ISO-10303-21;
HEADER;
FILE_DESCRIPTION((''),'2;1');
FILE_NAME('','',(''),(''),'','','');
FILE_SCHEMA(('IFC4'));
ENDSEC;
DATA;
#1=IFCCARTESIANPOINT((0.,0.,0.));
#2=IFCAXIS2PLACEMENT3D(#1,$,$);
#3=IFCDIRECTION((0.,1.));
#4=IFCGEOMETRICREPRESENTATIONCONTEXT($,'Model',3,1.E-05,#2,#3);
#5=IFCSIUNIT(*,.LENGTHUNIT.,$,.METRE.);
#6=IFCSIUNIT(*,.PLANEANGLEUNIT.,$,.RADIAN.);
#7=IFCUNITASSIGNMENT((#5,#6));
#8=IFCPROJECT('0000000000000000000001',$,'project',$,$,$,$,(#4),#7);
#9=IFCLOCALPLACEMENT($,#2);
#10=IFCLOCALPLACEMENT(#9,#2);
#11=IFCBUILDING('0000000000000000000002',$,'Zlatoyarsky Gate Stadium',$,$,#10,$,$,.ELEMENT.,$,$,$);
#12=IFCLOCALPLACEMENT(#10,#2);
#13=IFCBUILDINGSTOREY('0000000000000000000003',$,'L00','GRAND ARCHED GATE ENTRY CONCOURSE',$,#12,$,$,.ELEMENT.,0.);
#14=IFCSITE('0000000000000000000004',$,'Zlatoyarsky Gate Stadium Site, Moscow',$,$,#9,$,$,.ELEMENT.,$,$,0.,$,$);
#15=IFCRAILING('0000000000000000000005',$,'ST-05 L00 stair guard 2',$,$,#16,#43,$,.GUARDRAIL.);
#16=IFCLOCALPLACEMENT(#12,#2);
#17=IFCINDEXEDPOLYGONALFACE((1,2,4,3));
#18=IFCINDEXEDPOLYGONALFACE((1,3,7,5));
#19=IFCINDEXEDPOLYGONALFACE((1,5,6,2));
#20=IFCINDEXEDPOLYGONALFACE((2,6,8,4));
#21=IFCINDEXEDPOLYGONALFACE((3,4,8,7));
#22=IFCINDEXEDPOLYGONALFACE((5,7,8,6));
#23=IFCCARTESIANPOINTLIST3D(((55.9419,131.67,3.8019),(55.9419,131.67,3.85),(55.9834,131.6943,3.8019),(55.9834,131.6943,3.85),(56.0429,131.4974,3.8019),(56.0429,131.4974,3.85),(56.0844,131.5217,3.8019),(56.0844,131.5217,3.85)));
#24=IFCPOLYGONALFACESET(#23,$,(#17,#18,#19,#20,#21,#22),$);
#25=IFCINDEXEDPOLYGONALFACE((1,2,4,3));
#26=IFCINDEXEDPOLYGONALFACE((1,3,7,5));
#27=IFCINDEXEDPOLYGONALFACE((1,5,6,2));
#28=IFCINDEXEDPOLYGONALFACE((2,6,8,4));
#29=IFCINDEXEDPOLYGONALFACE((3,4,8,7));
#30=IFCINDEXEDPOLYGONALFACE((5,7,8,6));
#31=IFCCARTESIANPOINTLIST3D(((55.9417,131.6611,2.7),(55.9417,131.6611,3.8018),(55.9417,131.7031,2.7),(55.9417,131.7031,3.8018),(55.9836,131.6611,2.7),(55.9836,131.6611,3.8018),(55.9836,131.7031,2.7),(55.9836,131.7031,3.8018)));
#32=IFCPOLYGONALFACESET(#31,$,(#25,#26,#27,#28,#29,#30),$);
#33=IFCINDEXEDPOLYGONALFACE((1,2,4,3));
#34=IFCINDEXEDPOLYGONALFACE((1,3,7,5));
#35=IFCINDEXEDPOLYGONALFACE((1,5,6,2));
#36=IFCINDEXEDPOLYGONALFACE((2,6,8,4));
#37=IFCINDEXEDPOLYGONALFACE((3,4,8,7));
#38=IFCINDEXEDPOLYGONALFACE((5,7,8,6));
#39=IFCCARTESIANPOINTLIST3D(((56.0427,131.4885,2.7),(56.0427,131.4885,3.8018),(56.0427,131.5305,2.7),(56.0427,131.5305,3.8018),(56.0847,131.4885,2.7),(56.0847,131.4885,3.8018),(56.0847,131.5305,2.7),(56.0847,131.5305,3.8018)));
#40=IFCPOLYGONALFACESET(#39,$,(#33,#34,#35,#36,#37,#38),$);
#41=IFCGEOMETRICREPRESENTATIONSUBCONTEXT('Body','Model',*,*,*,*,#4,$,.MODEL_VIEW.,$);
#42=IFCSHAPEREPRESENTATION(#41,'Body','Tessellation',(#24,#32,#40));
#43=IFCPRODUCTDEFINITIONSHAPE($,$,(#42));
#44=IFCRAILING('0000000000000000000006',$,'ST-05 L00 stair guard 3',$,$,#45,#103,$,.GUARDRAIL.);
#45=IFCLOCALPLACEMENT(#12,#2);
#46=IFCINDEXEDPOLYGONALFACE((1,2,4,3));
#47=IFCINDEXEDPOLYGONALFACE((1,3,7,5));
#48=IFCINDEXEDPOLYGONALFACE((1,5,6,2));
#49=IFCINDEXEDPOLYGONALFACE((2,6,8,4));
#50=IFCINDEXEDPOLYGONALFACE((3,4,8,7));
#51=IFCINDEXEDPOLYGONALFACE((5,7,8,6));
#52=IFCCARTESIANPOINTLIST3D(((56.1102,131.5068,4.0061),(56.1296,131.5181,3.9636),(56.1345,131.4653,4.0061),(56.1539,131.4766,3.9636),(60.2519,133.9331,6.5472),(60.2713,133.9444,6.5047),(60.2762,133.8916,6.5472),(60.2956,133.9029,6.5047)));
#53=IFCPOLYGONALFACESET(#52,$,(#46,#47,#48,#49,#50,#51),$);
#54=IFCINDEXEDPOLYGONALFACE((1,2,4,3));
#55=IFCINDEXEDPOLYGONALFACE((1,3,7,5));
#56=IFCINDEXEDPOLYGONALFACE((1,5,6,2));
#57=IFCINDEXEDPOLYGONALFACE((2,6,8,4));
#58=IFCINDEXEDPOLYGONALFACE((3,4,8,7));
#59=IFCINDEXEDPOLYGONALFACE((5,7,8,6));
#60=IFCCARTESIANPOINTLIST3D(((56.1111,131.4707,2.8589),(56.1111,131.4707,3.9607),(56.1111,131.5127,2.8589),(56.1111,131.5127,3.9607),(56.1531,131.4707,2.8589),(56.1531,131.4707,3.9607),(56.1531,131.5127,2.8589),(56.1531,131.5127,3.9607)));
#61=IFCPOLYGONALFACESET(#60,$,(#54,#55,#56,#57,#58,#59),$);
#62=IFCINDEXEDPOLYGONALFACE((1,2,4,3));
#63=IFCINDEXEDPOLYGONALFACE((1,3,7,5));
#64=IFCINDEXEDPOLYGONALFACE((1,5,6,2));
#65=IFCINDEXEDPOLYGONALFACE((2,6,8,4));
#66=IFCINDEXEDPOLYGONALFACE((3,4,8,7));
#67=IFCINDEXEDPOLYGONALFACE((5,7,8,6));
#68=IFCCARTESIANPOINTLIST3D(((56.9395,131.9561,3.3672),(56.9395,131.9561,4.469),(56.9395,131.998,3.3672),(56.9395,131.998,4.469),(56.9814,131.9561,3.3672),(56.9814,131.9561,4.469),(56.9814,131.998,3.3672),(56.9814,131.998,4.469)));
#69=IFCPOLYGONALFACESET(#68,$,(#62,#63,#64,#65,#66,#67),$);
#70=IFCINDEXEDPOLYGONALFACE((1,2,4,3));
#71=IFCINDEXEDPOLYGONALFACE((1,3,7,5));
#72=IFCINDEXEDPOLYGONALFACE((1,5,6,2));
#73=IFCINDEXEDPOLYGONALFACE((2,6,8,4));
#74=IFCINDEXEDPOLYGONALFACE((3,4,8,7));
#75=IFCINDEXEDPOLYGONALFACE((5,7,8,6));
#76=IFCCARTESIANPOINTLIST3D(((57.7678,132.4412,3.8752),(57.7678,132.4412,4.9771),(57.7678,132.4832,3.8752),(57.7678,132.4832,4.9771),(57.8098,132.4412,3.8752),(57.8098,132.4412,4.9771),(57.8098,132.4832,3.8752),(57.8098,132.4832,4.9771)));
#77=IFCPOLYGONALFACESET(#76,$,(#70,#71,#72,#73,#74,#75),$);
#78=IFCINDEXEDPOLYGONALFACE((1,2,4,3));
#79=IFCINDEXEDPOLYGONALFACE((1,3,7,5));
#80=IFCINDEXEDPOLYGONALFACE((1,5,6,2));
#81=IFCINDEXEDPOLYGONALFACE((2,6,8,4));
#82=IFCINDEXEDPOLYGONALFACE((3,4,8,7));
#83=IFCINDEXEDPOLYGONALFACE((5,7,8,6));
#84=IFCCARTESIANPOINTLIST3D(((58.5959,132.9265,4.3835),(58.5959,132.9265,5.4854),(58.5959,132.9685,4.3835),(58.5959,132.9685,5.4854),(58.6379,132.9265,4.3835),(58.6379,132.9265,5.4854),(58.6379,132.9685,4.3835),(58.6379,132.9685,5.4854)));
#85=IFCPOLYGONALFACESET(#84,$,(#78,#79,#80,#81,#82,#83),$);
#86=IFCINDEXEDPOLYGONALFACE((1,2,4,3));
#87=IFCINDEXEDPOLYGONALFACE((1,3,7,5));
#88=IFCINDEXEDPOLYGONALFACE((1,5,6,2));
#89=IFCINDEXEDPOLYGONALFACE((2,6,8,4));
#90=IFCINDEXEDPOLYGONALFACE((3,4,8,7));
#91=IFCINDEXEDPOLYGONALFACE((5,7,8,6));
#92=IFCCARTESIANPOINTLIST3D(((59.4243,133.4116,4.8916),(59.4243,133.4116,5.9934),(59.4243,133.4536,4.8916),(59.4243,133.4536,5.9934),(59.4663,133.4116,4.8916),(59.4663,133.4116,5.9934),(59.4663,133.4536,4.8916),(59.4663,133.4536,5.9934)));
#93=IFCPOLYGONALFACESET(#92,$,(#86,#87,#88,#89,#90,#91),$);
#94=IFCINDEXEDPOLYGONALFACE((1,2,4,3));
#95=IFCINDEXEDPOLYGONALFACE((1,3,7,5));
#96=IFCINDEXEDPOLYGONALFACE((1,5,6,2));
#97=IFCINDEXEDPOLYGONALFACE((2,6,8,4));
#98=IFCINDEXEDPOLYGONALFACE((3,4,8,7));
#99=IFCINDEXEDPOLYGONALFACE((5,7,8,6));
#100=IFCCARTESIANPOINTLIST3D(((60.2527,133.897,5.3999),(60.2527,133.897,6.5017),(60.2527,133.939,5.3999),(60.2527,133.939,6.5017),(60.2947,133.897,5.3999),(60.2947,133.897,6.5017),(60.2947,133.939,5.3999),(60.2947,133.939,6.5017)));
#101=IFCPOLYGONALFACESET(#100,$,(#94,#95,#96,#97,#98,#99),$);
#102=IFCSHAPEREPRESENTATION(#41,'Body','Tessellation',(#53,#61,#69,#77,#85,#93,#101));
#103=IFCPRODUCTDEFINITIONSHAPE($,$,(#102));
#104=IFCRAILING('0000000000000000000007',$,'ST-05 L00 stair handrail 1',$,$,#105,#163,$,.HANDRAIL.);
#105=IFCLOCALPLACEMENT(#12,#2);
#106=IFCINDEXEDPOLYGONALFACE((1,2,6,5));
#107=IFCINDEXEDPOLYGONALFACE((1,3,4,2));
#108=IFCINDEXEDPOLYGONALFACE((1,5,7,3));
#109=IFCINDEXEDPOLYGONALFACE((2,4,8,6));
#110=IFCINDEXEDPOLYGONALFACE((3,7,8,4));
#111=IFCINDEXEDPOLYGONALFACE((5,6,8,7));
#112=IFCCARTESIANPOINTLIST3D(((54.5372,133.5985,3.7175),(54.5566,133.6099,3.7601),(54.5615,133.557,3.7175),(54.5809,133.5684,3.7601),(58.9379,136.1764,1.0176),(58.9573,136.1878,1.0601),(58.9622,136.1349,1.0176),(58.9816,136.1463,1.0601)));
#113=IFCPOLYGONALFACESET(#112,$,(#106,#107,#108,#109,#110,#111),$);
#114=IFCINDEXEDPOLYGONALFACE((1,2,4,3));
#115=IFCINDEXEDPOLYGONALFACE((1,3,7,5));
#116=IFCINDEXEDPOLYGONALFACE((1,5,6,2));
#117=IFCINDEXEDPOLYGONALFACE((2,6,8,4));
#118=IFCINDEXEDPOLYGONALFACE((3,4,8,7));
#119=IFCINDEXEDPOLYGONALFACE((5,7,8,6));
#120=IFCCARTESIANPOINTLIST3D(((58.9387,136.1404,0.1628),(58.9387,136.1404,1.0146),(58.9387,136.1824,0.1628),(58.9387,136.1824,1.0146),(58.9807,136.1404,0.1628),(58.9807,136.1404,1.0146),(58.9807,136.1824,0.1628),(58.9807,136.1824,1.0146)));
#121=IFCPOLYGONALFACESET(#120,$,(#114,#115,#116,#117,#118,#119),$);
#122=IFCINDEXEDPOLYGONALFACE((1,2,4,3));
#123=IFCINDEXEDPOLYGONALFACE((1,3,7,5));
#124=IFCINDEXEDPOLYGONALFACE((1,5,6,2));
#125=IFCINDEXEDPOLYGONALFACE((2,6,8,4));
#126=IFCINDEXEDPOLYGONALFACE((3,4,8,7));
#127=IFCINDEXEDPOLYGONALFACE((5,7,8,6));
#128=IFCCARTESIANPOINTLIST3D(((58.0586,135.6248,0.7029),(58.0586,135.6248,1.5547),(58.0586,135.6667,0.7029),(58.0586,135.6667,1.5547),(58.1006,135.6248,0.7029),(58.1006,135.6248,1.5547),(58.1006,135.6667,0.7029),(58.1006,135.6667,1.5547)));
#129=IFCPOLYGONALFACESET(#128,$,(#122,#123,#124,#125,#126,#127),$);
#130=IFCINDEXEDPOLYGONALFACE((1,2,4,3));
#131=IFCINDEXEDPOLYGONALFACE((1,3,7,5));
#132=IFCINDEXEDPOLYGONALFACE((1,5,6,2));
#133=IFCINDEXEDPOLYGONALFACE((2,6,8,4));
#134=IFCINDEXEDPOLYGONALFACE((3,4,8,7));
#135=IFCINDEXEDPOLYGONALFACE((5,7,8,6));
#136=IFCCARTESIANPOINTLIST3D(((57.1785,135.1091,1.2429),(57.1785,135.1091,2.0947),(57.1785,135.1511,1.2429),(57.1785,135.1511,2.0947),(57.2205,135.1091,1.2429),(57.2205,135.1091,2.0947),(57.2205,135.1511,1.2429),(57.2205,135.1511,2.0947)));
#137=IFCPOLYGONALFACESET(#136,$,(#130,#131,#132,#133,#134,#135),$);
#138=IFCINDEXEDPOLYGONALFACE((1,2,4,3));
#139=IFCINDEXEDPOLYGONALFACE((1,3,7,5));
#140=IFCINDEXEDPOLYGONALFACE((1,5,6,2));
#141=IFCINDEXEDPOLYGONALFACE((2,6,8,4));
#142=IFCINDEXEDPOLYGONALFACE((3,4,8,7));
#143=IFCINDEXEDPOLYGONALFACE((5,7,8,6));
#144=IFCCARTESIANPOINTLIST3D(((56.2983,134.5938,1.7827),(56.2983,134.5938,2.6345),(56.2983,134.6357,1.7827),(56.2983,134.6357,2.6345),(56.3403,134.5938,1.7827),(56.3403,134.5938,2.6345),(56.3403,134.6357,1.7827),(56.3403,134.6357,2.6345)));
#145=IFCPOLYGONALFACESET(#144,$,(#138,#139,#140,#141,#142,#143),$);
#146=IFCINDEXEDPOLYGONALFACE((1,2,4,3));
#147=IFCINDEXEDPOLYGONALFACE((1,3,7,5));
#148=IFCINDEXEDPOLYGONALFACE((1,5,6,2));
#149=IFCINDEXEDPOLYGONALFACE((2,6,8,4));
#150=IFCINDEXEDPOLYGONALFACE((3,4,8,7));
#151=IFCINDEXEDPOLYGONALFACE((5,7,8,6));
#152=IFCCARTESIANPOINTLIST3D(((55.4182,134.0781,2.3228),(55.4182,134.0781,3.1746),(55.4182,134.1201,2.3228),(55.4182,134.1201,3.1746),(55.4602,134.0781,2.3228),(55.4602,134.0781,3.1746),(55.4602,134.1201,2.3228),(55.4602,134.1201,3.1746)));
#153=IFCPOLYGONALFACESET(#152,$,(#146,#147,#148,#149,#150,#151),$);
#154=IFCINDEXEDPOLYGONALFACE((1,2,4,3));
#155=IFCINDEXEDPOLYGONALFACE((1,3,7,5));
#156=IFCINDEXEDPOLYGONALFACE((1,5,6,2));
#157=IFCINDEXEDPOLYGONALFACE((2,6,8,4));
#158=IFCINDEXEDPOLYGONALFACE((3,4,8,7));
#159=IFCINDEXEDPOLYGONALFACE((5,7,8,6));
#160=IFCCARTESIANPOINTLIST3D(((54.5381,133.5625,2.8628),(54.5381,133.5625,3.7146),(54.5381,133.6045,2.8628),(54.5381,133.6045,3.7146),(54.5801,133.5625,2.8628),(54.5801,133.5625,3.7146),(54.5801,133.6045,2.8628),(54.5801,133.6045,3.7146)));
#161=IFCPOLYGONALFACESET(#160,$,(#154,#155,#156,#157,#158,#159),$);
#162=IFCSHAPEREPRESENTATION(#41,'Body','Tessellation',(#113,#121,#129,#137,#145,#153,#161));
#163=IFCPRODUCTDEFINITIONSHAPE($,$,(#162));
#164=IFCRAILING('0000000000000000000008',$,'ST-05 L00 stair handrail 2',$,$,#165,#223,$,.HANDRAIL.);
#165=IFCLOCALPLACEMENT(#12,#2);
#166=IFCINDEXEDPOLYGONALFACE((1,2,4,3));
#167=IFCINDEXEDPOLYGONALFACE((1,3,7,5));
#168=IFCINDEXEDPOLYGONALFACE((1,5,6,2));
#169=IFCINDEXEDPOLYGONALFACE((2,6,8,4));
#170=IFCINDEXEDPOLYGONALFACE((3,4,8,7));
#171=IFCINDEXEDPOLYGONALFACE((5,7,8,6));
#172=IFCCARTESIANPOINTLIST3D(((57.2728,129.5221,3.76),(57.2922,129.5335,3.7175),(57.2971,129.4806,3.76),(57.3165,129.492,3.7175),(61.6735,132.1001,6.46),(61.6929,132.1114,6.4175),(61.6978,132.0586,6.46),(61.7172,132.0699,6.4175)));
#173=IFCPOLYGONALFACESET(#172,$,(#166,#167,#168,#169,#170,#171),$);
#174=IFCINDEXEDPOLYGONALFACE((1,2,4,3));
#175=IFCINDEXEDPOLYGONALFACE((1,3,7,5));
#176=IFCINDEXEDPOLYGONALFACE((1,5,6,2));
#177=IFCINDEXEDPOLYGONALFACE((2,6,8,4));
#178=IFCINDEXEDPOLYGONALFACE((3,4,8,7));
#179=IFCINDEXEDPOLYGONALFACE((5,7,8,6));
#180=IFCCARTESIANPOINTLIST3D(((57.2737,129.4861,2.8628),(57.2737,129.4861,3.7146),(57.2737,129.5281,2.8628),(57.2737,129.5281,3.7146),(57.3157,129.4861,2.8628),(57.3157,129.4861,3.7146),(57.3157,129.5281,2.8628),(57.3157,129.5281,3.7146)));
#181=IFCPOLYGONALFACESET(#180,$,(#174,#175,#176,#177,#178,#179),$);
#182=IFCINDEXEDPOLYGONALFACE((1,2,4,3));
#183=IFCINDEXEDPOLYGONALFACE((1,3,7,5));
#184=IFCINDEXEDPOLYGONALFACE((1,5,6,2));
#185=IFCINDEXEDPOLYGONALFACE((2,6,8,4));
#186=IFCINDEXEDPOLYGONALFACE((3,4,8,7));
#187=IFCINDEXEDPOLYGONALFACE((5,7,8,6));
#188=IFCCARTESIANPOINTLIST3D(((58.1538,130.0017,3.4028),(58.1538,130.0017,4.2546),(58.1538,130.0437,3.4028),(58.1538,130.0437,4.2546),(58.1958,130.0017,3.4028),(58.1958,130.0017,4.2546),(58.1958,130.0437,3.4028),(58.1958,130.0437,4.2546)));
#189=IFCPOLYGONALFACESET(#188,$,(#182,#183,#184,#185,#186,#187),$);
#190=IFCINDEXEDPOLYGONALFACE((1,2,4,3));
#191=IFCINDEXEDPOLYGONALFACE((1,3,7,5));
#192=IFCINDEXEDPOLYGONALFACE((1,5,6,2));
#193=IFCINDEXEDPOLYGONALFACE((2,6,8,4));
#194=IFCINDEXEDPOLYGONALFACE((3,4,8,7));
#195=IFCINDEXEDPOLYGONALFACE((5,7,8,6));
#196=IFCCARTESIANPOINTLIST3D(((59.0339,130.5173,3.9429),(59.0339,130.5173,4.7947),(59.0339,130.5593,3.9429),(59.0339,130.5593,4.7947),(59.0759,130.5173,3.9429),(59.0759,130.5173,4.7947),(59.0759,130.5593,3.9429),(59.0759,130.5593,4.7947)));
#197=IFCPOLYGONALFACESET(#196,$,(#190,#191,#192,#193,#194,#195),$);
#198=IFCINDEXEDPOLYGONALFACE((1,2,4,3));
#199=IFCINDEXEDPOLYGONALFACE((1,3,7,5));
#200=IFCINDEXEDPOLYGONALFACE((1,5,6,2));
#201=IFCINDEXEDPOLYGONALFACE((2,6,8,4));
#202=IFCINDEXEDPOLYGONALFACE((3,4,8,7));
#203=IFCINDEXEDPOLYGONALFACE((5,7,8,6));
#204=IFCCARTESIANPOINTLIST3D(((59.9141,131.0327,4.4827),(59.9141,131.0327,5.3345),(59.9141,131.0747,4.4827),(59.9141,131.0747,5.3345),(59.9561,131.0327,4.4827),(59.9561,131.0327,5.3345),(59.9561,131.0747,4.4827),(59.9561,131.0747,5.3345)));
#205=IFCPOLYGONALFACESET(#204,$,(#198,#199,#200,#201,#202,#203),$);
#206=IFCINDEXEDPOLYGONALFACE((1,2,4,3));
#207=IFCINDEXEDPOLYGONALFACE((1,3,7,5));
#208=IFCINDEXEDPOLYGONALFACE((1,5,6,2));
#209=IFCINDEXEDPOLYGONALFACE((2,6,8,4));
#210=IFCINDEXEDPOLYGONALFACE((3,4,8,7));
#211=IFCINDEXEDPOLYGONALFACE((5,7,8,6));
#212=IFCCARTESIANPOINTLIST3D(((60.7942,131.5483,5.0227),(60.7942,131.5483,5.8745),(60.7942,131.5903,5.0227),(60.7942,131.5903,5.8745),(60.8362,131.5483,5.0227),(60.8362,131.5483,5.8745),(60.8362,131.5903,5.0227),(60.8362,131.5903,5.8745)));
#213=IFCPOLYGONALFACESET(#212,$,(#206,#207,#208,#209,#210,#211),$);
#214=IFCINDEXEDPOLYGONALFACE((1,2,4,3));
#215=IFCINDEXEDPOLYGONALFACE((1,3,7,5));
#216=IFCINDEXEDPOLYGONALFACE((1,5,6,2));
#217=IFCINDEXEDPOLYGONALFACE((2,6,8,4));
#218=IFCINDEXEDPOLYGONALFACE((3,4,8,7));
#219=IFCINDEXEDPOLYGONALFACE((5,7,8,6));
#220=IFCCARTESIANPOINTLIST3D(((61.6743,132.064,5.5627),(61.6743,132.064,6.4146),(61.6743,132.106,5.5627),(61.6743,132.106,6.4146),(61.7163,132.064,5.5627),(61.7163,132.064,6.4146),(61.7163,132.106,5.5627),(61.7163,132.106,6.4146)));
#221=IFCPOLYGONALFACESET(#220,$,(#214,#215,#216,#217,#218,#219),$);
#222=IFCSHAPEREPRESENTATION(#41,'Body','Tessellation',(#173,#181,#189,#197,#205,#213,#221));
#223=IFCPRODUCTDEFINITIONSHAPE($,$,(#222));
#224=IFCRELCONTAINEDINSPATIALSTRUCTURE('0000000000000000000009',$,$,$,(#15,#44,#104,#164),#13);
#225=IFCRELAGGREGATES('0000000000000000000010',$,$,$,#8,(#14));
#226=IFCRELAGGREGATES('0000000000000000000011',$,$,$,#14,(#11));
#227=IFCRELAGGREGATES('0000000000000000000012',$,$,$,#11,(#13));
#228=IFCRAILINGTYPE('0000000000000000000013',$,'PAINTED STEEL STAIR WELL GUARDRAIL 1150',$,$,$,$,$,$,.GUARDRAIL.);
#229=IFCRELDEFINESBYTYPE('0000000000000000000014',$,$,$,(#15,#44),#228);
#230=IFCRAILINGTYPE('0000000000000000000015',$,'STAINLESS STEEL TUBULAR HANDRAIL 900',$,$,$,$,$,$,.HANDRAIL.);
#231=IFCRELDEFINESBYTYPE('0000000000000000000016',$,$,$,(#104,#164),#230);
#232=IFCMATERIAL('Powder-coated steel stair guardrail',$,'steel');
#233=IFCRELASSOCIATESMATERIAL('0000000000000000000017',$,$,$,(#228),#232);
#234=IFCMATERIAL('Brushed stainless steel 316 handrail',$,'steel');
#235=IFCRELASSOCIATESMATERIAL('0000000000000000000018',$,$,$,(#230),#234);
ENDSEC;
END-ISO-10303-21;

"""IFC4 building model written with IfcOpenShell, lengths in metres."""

from ifc_helpers import new_model, si_unit, direction, frame, origin, origin_2d, place, context, subcontext, project, spatial, rectangle, extrude, material, type_object, element, save


model = new_model("IFC4")

# Units and contexts
model_context = context("Model", 3, precision=1e-05, world=origin(), true_north=direction((0.0, 1.0)))
body_context = subcontext(model_context, "Body", "Model", "MODEL_VIEW")
ifc_project = project(units=[si_unit("LENGTHUNIT", "METRE"), si_unit("PLANEANGLEUNIT", "RADIAN")], contexts=[model_context])

# Site, building, storey
site_placement = place(None, origin())
site = spatial("IfcSite", under=ifc_project, at=site_placement, Name="Zlatoyarsky Gate Stadium Site, Moscow", CompositionType="ELEMENT", RefElevation=0.0)
building_placement = place(site_placement, origin())
building = spatial("IfcBuilding", under=site, at=building_placement, Name="Zlatoyarsky Gate Stadium", CompositionType="ELEMENT")
storey_placement = place(building_placement, origin())
storey = spatial("IfcBuildingStorey", under=building, at=storey_placement, Name="L00", Description="GRAND ARCHED GATE ENTRY CONCOURSE", CompositionType="ELEMENT", Elevation=0.0)

# Railings
ifc_material_1 = material(Name="Powder-coated steel stair guardrail", Category="steel")
railing_type_1 = type_object("IfcRailingType", Name="PAINTED STEEL STAIR WELL GUARDRAIL 1150", PredefinedType="GUARDRAIL", material=ifc_material_1)
railing_1_placement = place(storey_placement, frame((55.9626, 131.6821, 2.7)))
element("IfcRailing", 1, at=railing_1_placement, inside=storey, type_object=railing_type_1, Name="ST-05 L00 stair guard 2", PredefinedType="GUARDRAIL", context=body_context, shape_type="SweptSolid", body=[
    extrude(rectangle(XDim=0.0481, YDim=0.0481, at=origin_2d()), frame((0.0, 0.0, 1.126), z_axis=(0.505312, -0.862937, 0.0), x_axis=(0.862937, 0.505312, 0.0)), (0.0, 0.0, 1.0), 0.2),
    extrude(rectangle(XDim=0.042, YDim=0.042, at=origin_2d()), origin(), (0.0, 0.0, 1.0), 1.1018),
    extrude(rectangle(XDim=0.042, YDim=0.042, at=origin_2d()), frame((0.1011, -0.1726, 0.0)), (0.0, 0.0, 1.0), 1.1018),
])
railing_2_placement = place(storey_placement, frame((56.1321, 131.4917, 2.8589)))
element("IfcRailing", 2, at=railing_2_placement, inside=storey, type_object=railing_type_1, Name="ST-05 L00 stair guard 3", PredefinedType="GUARDRAIL", context=body_context, shape_type="SweptSolid", body=[
    extrude(rectangle(XDim=0.0481, YDim=0.0481, at=origin_2d()), frame((0.0, 0.0, 1.126), z_axis=(0.762577, 0.44674, 0.467867), x_axis=(-0.505477, 0.86284, 0.0)), (0.0, 0.0, 1.0), 5.4312),
    extrude(rectangle(XDim=0.042, YDim=0.042, at=origin_2d()), origin(), (0.0, 0.0, 1.0), 1.1018),
    extrude(rectangle(XDim=0.042, YDim=0.042, at=origin_2d()), frame((0.8284, 0.4854, 0.5083)), (0.0, 0.0, 1.0), 1.1018),
    extrude(rectangle(XDim=0.042, YDim=0.042, at=origin_2d()), frame((1.6567, 0.9705, 1.0164)), (0.0, 0.0, 1.0), 1.1018),
    extrude(rectangle(XDim=0.042, YDim=0.042, at=origin_2d()), frame((2.4849, 1.4558, 1.5247)), (0.0, 0.0, 1.0), 1.1018),
    extrude(rectangle(XDim=0.042, YDim=0.042, at=origin_2d()), frame((3.3132, 1.9409, 2.0327)), (0.0, 0.0, 1.0), 1.1018),
    extrude(rectangle(XDim=0.042, YDim=0.042, at=origin_2d()), frame((4.1416, 2.4263, 2.541)), (0.0, 0.0, 1.0), 1.1018),
])
ifc_material_2 = material(Name="Brushed stainless steel 316 handrail", Category="steel")
railing_type_2 = type_object("IfcRailingType", Name="STAINLESS STEEL TUBULAR HANDRAIL 900", PredefinedType="HANDRAIL", material=ifc_material_2)
railing_3_placement = place(storey_placement, frame((58.9597, 136.1614, 0.1628)))
element("IfcRailing", 3, at=railing_3_placement, inside=storey, type_object=railing_type_2, Name="ST-05 L00 stair handrail 1", PredefinedType="HANDRAIL", context=body_context, shape_type="SweptSolid", body=[
    extrude(rectangle(XDim=0.0481, YDim=0.0481, at=origin_2d()), frame((0.0, 0.0, 0.876), z_axis=(-0.762585, -0.44672, 0.467874), x_axis=(0.505457, -0.862852, 0.0)), (0.0, 0.0, 1.0), 5.7708),
    extrude(rectangle(XDim=0.042, YDim=0.042, at=origin_2d()), origin(), (0.0, 0.0, 1.0), 0.8518),
    extrude(rectangle(XDim=0.042, YDim=0.042, at=origin_2d()), frame((-0.8801, -0.5156, 0.54)), (0.0, 0.0, 1.0), 0.8518),
    extrude(rectangle(XDim=0.042, YDim=0.042, at=origin_2d()), frame((-1.7603, -1.0312, 1.0801)), (0.0, 0.0, 1.0), 0.8518),
    extrude(rectangle(XDim=0.042, YDim=0.042, at=origin_2d()), frame((-2.6404, -1.5466, 1.6199)), (0.0, 0.0, 1.0), 0.8518),
    extrude(rectangle(XDim=0.042, YDim=0.042, at=origin_2d()), frame((-3.5205, -2.0623, 2.1599)), (0.0, 0.0, 1.0), 0.8518),
    extrude(rectangle(XDim=0.042, YDim=0.042, at=origin_2d()), frame((-4.4006, -2.5779, 2.7)), (0.0, 0.0, 1.0), 0.8518),
])
railing_4_placement = place(storey_placement, frame((57.2947, 129.5071, 2.8628)))
element("IfcRailing", 4, at=railing_4_placement, inside=storey, type_object=railing_type_2, Name="ST-05 L00 stair handrail 2", PredefinedType="HANDRAIL", context=body_context, shape_type="SweptSolid", body=[
    extrude(rectangle(XDim=0.0481, YDim=0.0481, at=origin_2d()), frame((0.0, 0.0, 0.876), z_axis=(0.762585, 0.44672, 0.467874), x_axis=(-0.505457, 0.862852, 0.0)), (0.0, 0.0, 1.0), 5.7708),
    extrude(rectangle(XDim=0.042, YDim=0.042, at=origin_2d()), origin(), (0.0, 0.0, 1.0), 0.8518),
    extrude(rectangle(XDim=0.042, YDim=0.042, at=origin_2d()), frame((0.8801, 0.5156, 0.54)), (0.0, 0.0, 1.0), 0.8518),
    extrude(rectangle(XDim=0.042, YDim=0.042, at=origin_2d()), frame((1.7603, 1.0312, 1.0801)), (0.0, 0.0, 1.0), 0.8518),
    extrude(rectangle(XDim=0.042, YDim=0.042, at=origin_2d()), frame((2.6404, 1.5466, 1.6199)), (0.0, 0.0, 1.0), 0.8518),
    extrude(rectangle(XDim=0.042, YDim=0.042, at=origin_2d()), frame((3.5205, 2.0623, 2.1599)), (0.0, 0.0, 1.0), 0.8518),
    extrude(rectangle(XDim=0.042, YDim=0.042, at=origin_2d()), frame((4.4006, 2.5779, 2.7)), (0.0, 0.0, 1.0), 0.8518),
])

save(model, "model.ifc")
